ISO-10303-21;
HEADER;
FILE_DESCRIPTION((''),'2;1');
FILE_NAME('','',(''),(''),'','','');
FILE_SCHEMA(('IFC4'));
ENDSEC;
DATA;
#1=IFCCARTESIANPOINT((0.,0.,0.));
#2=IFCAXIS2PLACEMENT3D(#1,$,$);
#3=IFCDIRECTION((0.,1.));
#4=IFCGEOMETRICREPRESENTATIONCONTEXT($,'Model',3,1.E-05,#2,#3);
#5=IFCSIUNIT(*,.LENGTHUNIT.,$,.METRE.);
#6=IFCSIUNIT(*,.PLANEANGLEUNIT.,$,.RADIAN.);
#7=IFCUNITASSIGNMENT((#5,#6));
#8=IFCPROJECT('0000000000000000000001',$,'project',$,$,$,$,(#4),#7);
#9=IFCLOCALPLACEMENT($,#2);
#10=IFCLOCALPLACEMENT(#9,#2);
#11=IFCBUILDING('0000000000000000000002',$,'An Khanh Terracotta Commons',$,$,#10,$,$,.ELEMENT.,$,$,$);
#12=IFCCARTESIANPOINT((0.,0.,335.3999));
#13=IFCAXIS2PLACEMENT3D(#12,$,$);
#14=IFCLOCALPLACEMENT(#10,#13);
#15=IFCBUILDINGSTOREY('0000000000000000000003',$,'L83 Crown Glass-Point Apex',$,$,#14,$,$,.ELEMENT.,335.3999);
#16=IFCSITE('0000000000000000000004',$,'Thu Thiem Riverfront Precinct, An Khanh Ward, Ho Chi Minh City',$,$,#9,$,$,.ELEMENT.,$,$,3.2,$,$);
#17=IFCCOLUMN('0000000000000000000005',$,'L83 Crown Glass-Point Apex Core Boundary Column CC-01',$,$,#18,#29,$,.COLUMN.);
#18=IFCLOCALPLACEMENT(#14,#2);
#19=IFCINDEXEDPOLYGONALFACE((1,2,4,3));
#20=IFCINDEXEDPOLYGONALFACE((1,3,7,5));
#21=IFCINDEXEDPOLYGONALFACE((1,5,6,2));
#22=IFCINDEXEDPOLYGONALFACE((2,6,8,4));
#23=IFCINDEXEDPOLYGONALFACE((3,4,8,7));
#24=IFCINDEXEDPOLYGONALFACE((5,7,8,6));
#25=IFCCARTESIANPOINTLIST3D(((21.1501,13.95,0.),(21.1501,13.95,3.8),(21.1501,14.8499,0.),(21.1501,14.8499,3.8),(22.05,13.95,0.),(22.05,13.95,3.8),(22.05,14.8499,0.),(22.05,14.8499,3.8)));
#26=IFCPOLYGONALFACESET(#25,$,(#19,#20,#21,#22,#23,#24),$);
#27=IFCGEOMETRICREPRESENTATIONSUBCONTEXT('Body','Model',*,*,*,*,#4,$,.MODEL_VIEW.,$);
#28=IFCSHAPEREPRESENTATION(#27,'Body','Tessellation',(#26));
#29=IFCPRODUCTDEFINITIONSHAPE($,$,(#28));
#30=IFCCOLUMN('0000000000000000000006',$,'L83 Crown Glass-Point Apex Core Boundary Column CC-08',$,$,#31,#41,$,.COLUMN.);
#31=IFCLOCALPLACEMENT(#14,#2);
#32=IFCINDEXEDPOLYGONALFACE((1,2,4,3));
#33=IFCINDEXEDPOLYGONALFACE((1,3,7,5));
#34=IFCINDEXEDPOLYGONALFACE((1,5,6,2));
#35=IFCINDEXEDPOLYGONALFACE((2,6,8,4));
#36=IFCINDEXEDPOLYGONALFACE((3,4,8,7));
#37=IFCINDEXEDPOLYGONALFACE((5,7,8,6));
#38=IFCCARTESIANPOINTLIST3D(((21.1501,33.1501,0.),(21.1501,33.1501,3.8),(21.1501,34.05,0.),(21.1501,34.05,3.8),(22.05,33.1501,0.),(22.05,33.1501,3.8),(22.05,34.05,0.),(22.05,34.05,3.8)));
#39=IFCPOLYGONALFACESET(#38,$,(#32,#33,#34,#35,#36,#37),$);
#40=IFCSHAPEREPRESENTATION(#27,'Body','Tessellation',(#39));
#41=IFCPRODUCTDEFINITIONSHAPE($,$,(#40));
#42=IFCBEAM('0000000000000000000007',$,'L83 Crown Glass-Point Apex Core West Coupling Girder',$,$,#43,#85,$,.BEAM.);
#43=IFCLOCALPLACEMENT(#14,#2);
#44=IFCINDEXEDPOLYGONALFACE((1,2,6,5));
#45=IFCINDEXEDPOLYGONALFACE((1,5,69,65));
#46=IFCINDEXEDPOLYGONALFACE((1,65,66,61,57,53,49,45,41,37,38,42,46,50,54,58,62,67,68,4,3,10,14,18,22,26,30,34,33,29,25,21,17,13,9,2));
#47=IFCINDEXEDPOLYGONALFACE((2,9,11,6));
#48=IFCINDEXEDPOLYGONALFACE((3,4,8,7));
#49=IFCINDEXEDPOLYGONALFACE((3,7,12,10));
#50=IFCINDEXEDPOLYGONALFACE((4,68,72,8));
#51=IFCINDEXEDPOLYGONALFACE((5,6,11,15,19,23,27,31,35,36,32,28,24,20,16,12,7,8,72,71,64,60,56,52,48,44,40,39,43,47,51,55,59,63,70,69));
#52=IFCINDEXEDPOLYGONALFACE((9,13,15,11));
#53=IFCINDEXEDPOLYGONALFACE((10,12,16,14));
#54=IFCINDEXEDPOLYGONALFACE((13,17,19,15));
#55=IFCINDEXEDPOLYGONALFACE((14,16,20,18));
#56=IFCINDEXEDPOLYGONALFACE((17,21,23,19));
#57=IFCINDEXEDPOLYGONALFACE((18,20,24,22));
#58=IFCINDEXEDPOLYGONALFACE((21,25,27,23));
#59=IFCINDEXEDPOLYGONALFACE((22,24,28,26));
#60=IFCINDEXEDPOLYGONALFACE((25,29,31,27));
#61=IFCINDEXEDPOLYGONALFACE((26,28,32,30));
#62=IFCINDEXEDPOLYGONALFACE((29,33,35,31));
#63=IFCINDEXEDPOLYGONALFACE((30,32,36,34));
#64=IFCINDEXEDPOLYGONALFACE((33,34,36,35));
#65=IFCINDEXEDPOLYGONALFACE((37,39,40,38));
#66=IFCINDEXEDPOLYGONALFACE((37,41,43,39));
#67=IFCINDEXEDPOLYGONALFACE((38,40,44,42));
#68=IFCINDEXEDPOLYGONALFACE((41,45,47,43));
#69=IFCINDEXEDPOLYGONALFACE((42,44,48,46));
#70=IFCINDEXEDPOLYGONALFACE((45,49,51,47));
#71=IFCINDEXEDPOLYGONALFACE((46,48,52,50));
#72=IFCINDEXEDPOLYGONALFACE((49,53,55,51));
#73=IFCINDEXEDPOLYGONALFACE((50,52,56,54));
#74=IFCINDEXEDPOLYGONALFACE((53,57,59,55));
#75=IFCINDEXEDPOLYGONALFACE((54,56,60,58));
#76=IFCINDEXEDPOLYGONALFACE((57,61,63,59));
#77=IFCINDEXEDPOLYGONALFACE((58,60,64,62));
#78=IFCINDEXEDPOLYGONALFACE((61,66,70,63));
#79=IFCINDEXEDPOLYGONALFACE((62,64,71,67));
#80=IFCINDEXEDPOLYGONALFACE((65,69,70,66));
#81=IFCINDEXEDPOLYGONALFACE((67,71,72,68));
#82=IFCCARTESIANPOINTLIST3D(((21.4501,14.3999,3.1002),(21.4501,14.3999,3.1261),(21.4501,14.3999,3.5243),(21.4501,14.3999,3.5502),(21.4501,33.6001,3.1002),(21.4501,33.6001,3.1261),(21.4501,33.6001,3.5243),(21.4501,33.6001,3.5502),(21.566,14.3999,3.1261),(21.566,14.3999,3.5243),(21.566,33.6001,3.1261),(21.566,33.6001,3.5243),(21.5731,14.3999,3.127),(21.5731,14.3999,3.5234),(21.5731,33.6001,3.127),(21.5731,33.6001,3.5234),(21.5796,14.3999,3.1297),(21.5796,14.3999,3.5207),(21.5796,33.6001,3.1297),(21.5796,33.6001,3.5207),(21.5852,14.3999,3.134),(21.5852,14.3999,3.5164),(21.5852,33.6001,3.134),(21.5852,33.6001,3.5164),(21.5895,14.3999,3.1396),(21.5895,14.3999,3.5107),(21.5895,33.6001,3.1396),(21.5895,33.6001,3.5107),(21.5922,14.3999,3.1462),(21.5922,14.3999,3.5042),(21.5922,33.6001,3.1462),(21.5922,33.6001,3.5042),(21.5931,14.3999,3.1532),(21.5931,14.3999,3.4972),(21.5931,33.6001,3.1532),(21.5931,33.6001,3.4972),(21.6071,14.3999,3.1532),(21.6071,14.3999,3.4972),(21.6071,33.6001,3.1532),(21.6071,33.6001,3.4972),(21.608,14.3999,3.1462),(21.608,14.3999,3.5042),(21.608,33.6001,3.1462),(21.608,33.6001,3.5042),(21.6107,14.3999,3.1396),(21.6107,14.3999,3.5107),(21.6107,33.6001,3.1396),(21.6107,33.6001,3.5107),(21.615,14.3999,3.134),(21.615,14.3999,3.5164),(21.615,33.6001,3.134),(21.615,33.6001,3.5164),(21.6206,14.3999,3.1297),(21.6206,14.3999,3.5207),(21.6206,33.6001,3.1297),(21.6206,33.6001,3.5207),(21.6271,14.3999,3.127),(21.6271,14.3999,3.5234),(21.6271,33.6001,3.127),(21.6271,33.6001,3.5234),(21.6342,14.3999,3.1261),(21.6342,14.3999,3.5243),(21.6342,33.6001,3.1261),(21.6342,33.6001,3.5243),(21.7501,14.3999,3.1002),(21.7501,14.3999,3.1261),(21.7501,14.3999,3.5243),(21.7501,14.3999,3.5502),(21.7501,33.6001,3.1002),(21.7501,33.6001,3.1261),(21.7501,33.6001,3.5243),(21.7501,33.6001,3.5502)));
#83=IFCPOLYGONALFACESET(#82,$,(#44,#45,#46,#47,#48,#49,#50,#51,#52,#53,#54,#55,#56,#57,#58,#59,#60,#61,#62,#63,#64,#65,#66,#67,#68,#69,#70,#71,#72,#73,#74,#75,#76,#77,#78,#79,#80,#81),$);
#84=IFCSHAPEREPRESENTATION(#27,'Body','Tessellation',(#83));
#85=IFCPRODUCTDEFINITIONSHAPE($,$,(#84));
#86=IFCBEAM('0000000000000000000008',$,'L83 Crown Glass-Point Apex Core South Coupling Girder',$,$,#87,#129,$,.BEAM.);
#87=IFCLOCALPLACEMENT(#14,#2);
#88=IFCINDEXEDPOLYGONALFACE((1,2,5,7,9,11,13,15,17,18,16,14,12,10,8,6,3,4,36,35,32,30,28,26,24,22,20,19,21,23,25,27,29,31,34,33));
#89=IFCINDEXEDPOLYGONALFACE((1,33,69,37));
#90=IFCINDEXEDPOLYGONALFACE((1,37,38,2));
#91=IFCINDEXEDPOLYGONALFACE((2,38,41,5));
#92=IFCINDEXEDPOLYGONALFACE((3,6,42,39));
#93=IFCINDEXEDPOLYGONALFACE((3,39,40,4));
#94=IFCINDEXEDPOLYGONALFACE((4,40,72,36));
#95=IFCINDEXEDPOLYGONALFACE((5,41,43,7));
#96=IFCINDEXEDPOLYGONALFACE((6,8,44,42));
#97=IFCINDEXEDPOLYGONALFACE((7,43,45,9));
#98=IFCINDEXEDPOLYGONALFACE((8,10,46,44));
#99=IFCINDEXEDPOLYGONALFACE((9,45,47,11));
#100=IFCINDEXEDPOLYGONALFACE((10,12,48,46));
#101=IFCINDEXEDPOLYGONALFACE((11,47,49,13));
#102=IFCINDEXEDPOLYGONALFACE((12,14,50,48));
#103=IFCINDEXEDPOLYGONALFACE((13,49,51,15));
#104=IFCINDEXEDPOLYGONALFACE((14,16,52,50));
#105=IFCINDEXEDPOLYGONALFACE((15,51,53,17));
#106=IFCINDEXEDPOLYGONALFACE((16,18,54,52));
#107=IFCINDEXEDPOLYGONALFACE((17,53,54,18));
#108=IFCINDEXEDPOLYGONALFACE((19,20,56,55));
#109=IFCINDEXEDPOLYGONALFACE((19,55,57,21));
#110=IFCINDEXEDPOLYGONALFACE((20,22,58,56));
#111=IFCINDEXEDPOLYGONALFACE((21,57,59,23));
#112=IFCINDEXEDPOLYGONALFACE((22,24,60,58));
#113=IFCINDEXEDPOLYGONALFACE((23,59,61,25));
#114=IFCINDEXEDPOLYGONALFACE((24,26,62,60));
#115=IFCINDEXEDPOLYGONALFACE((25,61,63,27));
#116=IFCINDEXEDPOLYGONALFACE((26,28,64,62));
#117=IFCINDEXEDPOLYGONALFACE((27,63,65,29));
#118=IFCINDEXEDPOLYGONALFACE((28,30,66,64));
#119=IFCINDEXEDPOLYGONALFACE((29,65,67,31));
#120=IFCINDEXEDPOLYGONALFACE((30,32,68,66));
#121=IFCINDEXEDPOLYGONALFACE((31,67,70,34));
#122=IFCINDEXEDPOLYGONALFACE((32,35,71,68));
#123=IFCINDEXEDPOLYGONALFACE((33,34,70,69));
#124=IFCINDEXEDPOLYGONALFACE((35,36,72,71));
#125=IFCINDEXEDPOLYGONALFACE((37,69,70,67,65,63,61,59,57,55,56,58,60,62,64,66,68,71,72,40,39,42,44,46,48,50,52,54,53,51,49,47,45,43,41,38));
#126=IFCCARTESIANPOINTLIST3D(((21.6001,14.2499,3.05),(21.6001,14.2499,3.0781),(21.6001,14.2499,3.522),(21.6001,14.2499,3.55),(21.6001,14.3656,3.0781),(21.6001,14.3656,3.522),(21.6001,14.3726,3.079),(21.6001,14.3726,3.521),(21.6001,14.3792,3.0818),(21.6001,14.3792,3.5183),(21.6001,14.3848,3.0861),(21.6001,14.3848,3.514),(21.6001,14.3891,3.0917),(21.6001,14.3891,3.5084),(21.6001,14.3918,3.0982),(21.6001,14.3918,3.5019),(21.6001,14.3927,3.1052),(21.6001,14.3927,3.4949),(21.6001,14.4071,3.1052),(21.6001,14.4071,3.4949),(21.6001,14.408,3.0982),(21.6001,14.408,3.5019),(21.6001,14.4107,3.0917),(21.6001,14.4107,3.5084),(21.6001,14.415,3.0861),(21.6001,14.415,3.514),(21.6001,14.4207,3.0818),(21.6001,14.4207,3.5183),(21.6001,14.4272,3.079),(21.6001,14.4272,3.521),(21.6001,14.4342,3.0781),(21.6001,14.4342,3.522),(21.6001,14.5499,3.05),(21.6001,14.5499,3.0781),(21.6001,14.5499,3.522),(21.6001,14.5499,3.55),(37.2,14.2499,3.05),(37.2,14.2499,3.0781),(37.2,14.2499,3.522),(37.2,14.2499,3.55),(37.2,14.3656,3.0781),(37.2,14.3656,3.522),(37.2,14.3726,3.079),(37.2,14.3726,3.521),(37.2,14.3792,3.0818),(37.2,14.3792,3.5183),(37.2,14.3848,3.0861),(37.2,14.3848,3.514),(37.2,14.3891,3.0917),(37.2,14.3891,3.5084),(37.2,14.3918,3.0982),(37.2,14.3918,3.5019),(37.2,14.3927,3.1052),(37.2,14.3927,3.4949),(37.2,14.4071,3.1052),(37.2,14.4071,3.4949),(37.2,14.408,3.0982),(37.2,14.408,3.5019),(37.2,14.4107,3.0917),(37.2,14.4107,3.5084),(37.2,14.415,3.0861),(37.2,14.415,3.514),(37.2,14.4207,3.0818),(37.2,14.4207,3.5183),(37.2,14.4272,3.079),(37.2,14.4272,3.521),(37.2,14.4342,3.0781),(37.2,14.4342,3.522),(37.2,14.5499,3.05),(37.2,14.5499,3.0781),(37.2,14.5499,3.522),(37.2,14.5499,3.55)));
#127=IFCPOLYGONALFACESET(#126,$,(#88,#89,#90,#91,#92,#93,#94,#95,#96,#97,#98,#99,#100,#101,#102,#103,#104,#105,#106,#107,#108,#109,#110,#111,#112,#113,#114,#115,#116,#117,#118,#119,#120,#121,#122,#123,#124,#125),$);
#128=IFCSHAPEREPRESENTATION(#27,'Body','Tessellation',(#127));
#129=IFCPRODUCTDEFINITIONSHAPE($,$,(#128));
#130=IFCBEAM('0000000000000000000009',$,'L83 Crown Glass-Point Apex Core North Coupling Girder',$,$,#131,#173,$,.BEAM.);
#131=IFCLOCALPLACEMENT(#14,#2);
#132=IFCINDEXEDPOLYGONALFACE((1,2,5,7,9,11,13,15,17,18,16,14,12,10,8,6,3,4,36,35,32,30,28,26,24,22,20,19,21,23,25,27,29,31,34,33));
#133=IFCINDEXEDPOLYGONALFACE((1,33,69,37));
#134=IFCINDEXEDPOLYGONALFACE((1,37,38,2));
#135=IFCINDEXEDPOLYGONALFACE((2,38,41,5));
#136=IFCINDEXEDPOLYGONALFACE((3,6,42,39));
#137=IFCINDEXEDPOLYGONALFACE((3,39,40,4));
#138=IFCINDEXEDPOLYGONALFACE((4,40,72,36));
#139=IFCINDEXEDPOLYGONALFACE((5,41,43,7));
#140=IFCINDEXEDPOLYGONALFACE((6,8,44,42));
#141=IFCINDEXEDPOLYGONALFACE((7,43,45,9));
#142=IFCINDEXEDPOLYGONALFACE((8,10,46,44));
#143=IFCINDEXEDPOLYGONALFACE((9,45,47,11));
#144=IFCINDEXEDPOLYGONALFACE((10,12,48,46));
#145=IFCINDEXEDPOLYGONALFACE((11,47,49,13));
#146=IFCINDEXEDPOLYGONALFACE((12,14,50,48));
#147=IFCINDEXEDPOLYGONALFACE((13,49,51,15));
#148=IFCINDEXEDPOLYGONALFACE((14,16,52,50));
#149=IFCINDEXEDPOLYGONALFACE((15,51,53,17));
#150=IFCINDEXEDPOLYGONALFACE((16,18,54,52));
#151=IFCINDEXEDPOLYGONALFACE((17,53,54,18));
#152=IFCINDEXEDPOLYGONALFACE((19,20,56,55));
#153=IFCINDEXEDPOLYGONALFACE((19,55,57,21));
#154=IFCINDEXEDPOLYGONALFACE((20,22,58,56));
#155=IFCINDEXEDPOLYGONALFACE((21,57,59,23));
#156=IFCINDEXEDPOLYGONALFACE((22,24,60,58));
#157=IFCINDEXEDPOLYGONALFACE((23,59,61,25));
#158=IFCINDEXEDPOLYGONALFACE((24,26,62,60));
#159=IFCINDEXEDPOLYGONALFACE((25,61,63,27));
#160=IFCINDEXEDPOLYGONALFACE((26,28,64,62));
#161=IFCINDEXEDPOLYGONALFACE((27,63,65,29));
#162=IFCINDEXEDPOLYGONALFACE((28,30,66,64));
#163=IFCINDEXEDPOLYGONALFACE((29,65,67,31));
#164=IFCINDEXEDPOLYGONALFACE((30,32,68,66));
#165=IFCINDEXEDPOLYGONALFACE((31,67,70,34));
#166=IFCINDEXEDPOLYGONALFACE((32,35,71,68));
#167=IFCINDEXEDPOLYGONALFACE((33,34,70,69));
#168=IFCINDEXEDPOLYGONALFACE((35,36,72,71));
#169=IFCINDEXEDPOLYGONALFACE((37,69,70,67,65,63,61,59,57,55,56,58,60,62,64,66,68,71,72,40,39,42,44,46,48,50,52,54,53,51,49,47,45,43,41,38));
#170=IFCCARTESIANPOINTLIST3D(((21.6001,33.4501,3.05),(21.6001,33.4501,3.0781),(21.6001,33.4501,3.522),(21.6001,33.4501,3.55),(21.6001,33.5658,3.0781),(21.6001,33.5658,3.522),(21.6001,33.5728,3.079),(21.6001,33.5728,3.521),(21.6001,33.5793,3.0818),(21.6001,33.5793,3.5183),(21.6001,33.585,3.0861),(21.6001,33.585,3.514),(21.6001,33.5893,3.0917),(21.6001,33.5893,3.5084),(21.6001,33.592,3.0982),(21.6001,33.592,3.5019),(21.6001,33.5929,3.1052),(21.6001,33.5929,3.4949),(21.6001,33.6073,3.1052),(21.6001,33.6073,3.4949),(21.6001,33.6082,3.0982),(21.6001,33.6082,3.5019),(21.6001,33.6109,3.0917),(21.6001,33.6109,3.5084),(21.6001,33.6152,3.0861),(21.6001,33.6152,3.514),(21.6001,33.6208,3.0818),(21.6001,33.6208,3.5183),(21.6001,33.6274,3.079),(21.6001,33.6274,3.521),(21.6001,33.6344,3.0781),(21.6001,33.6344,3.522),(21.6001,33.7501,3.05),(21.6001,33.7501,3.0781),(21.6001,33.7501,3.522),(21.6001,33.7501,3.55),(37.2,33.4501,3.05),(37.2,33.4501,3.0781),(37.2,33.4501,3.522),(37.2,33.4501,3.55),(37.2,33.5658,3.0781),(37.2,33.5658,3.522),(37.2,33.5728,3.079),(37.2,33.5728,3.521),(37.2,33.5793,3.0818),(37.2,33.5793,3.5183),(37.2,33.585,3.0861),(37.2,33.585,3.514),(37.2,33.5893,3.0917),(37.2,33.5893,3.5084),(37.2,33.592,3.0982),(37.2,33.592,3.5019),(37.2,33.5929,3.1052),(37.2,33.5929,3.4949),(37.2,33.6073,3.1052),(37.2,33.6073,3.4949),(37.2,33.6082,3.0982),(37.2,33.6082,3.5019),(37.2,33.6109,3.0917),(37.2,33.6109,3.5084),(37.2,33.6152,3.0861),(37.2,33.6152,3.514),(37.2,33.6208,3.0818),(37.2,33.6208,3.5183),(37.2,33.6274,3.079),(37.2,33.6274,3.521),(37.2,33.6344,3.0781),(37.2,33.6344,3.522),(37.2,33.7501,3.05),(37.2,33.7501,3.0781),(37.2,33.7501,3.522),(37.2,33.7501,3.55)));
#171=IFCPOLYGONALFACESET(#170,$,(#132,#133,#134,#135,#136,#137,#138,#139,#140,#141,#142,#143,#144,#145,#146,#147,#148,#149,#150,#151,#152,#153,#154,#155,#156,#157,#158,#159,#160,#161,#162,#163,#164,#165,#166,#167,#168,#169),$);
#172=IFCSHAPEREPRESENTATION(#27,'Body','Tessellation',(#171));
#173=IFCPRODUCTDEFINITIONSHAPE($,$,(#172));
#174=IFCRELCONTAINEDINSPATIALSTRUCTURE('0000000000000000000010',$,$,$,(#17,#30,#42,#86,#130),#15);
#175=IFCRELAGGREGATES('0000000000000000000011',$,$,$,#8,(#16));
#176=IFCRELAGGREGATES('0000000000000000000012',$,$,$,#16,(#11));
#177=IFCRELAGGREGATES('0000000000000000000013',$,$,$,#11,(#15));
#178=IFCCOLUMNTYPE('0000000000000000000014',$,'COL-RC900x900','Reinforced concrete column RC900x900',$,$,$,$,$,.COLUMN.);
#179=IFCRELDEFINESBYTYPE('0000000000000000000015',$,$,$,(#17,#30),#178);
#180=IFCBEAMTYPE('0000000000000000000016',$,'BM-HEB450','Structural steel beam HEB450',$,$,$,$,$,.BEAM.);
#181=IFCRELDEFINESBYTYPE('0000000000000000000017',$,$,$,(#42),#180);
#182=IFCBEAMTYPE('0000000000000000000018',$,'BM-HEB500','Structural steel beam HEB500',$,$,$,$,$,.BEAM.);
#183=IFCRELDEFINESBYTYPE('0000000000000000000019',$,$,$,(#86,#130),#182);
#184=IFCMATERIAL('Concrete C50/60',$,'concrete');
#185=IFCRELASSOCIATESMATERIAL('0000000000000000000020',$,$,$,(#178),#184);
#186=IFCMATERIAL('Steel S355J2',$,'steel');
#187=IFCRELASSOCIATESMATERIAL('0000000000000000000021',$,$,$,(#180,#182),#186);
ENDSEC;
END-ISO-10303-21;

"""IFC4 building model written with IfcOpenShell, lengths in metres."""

from ifc_helpers import new_model, si_unit, direction, frame, origin, origin_2d, place, context, subcontext, project, spatial, rectangle, i_section, extrude, material, material_profile, profile_set, type_object, element, save


model = new_model("IFC4")

# Units and contexts
model_context = context("Model", 3, precision=1e-05, world=origin(), true_north=direction((0.0, 1.0)))
body_context = subcontext(model_context, "Body", "Model", "MODEL_VIEW")
ifc_project = project(units=[si_unit("LENGTHUNIT", "METRE"), si_unit("PLANEANGLEUNIT", "RADIAN")], contexts=[model_context])

# Site, building, storey
site_placement = place(None, origin())
site = spatial("IfcSite", under=ifc_project, at=site_placement, Name="Thu Thiem Riverfront Precinct, An Khanh Ward, Ho Chi Minh City", CompositionType="ELEMENT", RefElevation=3.2)
building_placement = place(site_placement, origin())
building = spatial("IfcBuilding", under=site, at=building_placement, Name="An Khanh Terracotta Commons", CompositionType="ELEMENT")
storey_placement = place(building_placement, frame((0.0, 0.0, 335.3999)))
storey = spatial("IfcBuildingStorey", under=building, at=storey_placement, Name="L83 Crown Glass-Point Apex", CompositionType="ELEMENT", Elevation=335.3999)

# Columns
ifc_material_1 = material(Name="Concrete C50/60", Category="concrete")
ifc_material_profile_1 = material_profile(ifc_material_1, rectangle(XDim=0.8999, YDim=0.8999, at=origin_2d()), Name="RC900x900")
ifc_profile_set_1 = profile_set([ifc_material_profile_1], Name="Concrete C50/60")
column_type = type_object("IfcColumnType", Name="COL-RC900x900", Description="Reinforced concrete column RC900x900", PredefinedType="COLUMN", material=ifc_profile_set_1)
for number, where, z_axis, x_axis, name in (
    (1, (21.6001, 14.3999, 0.0), (0.0, 0.0, 1.0), (1.0, 0.0, 0.0), "L83 Crown Glass-Point Apex Core Boundary Column CC-01"),
    (2, (21.6001, 33.6001, 0.0), (0.0, 0.0, 1.0), (1.0, 0.0, 0.0), "L83 Crown Glass-Point Apex Core Boundary Column CC-08"),
):
    element("IfcColumn", number, at=place(storey_placement, frame(where, z_axis=z_axis, x_axis=x_axis)), inside=storey, type_object=column_type, Name=name, PredefinedType="COLUMN", context=body_context, shape_type="SweptSolid", body=[
        extrude(rectangle(XDim=0.8999, YDim=0.8999, at=origin_2d()), origin(), (0.0, 0.0, 1.0), 3.8),
    ])

# Beams
ifc_material_2 = material(Name="Steel S355J2", Category="steel")
ifc_material_profile_2 = material_profile(ifc_material_2, i_section(OverallWidth=0.3, OverallDepth=0.45, WebThickness=0.0139, FlangeThickness=0.0259, FilletRadius=0.0271, at=origin_2d()), Name="HEB450")
ifc_profile_set_2 = profile_set([ifc_material_profile_2], Name="Steel S355J2")
beam_type_1 = type_object("IfcBeamType", Name="BM-HEB450", Description="Structural steel beam HEB450", PredefinedType="BEAM", material=ifc_profile_set_2)
beam_placement = place(storey_placement, frame((21.6001, 14.3999, 3.3252), z_axis=(0.0, 1.0, 0.0), x_axis=(-1.0, 0.0, 0.0)))
element("IfcBeam", 3, at=beam_placement, inside=storey, type_object=beam_type_1, Name="L83 Crown Glass-Point Apex Core West Coupling Girder", PredefinedType="BEAM", context=body_context, shape_type="SweptSolid", body=[
    extrude(i_section(OverallWidth=0.3, OverallDepth=0.45, WebThickness=0.0139, FlangeThickness=0.0259, FilletRadius=0.0271, at=origin_2d()), origin(), (0.0, 0.0, 1.0), 19.2002),
])
ifc_material_profile_3 = material_profile(ifc_material_2, i_section(OverallWidth=0.3, OverallDepth=0.5, WebThickness=0.0144, FlangeThickness=0.0281, FilletRadius=0.0271, at=origin_2d()), Name="HEB500")
ifc_profile_set_3 = profile_set([ifc_material_profile_3], Name="Steel S355J2")
beam_type_2 = type_object("IfcBeamType", Name="BM-HEB500", Description="Structural steel beam HEB500", PredefinedType="BEAM", material=ifc_profile_set_3)
for number, where, z_axis, x_axis, name in (
    (4, (21.6001, 14.3999, 3.3), (1.0, 0.0, 0.0), (0.0, 1.0, 0.0), "L83 Crown Glass-Point Apex Core South Coupling Girder"),
    (5, (21.6001, 33.6001, 3.3), (1.0, 0.0, 0.0), (0.0, 1.0, 0.0), "L83 Crown Glass-Point Apex Core North Coupling Girder"),
):
    element("IfcBeam", number, at=place(storey_placement, frame(where, z_axis=z_axis, x_axis=x_axis)), inside=storey, type_object=beam_type_2, Name=name, PredefinedType="BEAM", context=body_context, shape_type="SweptSolid", body=[
        extrude(i_section(OverallWidth=0.3, OverallDepth=0.5, WebThickness=0.0144, FlangeThickness=0.0281, FilletRadius=0.0271, at=origin_2d()), origin(), (0.0, 0.0, 1.0), 15.5999),
    ])

save(model, "model.ifc")
